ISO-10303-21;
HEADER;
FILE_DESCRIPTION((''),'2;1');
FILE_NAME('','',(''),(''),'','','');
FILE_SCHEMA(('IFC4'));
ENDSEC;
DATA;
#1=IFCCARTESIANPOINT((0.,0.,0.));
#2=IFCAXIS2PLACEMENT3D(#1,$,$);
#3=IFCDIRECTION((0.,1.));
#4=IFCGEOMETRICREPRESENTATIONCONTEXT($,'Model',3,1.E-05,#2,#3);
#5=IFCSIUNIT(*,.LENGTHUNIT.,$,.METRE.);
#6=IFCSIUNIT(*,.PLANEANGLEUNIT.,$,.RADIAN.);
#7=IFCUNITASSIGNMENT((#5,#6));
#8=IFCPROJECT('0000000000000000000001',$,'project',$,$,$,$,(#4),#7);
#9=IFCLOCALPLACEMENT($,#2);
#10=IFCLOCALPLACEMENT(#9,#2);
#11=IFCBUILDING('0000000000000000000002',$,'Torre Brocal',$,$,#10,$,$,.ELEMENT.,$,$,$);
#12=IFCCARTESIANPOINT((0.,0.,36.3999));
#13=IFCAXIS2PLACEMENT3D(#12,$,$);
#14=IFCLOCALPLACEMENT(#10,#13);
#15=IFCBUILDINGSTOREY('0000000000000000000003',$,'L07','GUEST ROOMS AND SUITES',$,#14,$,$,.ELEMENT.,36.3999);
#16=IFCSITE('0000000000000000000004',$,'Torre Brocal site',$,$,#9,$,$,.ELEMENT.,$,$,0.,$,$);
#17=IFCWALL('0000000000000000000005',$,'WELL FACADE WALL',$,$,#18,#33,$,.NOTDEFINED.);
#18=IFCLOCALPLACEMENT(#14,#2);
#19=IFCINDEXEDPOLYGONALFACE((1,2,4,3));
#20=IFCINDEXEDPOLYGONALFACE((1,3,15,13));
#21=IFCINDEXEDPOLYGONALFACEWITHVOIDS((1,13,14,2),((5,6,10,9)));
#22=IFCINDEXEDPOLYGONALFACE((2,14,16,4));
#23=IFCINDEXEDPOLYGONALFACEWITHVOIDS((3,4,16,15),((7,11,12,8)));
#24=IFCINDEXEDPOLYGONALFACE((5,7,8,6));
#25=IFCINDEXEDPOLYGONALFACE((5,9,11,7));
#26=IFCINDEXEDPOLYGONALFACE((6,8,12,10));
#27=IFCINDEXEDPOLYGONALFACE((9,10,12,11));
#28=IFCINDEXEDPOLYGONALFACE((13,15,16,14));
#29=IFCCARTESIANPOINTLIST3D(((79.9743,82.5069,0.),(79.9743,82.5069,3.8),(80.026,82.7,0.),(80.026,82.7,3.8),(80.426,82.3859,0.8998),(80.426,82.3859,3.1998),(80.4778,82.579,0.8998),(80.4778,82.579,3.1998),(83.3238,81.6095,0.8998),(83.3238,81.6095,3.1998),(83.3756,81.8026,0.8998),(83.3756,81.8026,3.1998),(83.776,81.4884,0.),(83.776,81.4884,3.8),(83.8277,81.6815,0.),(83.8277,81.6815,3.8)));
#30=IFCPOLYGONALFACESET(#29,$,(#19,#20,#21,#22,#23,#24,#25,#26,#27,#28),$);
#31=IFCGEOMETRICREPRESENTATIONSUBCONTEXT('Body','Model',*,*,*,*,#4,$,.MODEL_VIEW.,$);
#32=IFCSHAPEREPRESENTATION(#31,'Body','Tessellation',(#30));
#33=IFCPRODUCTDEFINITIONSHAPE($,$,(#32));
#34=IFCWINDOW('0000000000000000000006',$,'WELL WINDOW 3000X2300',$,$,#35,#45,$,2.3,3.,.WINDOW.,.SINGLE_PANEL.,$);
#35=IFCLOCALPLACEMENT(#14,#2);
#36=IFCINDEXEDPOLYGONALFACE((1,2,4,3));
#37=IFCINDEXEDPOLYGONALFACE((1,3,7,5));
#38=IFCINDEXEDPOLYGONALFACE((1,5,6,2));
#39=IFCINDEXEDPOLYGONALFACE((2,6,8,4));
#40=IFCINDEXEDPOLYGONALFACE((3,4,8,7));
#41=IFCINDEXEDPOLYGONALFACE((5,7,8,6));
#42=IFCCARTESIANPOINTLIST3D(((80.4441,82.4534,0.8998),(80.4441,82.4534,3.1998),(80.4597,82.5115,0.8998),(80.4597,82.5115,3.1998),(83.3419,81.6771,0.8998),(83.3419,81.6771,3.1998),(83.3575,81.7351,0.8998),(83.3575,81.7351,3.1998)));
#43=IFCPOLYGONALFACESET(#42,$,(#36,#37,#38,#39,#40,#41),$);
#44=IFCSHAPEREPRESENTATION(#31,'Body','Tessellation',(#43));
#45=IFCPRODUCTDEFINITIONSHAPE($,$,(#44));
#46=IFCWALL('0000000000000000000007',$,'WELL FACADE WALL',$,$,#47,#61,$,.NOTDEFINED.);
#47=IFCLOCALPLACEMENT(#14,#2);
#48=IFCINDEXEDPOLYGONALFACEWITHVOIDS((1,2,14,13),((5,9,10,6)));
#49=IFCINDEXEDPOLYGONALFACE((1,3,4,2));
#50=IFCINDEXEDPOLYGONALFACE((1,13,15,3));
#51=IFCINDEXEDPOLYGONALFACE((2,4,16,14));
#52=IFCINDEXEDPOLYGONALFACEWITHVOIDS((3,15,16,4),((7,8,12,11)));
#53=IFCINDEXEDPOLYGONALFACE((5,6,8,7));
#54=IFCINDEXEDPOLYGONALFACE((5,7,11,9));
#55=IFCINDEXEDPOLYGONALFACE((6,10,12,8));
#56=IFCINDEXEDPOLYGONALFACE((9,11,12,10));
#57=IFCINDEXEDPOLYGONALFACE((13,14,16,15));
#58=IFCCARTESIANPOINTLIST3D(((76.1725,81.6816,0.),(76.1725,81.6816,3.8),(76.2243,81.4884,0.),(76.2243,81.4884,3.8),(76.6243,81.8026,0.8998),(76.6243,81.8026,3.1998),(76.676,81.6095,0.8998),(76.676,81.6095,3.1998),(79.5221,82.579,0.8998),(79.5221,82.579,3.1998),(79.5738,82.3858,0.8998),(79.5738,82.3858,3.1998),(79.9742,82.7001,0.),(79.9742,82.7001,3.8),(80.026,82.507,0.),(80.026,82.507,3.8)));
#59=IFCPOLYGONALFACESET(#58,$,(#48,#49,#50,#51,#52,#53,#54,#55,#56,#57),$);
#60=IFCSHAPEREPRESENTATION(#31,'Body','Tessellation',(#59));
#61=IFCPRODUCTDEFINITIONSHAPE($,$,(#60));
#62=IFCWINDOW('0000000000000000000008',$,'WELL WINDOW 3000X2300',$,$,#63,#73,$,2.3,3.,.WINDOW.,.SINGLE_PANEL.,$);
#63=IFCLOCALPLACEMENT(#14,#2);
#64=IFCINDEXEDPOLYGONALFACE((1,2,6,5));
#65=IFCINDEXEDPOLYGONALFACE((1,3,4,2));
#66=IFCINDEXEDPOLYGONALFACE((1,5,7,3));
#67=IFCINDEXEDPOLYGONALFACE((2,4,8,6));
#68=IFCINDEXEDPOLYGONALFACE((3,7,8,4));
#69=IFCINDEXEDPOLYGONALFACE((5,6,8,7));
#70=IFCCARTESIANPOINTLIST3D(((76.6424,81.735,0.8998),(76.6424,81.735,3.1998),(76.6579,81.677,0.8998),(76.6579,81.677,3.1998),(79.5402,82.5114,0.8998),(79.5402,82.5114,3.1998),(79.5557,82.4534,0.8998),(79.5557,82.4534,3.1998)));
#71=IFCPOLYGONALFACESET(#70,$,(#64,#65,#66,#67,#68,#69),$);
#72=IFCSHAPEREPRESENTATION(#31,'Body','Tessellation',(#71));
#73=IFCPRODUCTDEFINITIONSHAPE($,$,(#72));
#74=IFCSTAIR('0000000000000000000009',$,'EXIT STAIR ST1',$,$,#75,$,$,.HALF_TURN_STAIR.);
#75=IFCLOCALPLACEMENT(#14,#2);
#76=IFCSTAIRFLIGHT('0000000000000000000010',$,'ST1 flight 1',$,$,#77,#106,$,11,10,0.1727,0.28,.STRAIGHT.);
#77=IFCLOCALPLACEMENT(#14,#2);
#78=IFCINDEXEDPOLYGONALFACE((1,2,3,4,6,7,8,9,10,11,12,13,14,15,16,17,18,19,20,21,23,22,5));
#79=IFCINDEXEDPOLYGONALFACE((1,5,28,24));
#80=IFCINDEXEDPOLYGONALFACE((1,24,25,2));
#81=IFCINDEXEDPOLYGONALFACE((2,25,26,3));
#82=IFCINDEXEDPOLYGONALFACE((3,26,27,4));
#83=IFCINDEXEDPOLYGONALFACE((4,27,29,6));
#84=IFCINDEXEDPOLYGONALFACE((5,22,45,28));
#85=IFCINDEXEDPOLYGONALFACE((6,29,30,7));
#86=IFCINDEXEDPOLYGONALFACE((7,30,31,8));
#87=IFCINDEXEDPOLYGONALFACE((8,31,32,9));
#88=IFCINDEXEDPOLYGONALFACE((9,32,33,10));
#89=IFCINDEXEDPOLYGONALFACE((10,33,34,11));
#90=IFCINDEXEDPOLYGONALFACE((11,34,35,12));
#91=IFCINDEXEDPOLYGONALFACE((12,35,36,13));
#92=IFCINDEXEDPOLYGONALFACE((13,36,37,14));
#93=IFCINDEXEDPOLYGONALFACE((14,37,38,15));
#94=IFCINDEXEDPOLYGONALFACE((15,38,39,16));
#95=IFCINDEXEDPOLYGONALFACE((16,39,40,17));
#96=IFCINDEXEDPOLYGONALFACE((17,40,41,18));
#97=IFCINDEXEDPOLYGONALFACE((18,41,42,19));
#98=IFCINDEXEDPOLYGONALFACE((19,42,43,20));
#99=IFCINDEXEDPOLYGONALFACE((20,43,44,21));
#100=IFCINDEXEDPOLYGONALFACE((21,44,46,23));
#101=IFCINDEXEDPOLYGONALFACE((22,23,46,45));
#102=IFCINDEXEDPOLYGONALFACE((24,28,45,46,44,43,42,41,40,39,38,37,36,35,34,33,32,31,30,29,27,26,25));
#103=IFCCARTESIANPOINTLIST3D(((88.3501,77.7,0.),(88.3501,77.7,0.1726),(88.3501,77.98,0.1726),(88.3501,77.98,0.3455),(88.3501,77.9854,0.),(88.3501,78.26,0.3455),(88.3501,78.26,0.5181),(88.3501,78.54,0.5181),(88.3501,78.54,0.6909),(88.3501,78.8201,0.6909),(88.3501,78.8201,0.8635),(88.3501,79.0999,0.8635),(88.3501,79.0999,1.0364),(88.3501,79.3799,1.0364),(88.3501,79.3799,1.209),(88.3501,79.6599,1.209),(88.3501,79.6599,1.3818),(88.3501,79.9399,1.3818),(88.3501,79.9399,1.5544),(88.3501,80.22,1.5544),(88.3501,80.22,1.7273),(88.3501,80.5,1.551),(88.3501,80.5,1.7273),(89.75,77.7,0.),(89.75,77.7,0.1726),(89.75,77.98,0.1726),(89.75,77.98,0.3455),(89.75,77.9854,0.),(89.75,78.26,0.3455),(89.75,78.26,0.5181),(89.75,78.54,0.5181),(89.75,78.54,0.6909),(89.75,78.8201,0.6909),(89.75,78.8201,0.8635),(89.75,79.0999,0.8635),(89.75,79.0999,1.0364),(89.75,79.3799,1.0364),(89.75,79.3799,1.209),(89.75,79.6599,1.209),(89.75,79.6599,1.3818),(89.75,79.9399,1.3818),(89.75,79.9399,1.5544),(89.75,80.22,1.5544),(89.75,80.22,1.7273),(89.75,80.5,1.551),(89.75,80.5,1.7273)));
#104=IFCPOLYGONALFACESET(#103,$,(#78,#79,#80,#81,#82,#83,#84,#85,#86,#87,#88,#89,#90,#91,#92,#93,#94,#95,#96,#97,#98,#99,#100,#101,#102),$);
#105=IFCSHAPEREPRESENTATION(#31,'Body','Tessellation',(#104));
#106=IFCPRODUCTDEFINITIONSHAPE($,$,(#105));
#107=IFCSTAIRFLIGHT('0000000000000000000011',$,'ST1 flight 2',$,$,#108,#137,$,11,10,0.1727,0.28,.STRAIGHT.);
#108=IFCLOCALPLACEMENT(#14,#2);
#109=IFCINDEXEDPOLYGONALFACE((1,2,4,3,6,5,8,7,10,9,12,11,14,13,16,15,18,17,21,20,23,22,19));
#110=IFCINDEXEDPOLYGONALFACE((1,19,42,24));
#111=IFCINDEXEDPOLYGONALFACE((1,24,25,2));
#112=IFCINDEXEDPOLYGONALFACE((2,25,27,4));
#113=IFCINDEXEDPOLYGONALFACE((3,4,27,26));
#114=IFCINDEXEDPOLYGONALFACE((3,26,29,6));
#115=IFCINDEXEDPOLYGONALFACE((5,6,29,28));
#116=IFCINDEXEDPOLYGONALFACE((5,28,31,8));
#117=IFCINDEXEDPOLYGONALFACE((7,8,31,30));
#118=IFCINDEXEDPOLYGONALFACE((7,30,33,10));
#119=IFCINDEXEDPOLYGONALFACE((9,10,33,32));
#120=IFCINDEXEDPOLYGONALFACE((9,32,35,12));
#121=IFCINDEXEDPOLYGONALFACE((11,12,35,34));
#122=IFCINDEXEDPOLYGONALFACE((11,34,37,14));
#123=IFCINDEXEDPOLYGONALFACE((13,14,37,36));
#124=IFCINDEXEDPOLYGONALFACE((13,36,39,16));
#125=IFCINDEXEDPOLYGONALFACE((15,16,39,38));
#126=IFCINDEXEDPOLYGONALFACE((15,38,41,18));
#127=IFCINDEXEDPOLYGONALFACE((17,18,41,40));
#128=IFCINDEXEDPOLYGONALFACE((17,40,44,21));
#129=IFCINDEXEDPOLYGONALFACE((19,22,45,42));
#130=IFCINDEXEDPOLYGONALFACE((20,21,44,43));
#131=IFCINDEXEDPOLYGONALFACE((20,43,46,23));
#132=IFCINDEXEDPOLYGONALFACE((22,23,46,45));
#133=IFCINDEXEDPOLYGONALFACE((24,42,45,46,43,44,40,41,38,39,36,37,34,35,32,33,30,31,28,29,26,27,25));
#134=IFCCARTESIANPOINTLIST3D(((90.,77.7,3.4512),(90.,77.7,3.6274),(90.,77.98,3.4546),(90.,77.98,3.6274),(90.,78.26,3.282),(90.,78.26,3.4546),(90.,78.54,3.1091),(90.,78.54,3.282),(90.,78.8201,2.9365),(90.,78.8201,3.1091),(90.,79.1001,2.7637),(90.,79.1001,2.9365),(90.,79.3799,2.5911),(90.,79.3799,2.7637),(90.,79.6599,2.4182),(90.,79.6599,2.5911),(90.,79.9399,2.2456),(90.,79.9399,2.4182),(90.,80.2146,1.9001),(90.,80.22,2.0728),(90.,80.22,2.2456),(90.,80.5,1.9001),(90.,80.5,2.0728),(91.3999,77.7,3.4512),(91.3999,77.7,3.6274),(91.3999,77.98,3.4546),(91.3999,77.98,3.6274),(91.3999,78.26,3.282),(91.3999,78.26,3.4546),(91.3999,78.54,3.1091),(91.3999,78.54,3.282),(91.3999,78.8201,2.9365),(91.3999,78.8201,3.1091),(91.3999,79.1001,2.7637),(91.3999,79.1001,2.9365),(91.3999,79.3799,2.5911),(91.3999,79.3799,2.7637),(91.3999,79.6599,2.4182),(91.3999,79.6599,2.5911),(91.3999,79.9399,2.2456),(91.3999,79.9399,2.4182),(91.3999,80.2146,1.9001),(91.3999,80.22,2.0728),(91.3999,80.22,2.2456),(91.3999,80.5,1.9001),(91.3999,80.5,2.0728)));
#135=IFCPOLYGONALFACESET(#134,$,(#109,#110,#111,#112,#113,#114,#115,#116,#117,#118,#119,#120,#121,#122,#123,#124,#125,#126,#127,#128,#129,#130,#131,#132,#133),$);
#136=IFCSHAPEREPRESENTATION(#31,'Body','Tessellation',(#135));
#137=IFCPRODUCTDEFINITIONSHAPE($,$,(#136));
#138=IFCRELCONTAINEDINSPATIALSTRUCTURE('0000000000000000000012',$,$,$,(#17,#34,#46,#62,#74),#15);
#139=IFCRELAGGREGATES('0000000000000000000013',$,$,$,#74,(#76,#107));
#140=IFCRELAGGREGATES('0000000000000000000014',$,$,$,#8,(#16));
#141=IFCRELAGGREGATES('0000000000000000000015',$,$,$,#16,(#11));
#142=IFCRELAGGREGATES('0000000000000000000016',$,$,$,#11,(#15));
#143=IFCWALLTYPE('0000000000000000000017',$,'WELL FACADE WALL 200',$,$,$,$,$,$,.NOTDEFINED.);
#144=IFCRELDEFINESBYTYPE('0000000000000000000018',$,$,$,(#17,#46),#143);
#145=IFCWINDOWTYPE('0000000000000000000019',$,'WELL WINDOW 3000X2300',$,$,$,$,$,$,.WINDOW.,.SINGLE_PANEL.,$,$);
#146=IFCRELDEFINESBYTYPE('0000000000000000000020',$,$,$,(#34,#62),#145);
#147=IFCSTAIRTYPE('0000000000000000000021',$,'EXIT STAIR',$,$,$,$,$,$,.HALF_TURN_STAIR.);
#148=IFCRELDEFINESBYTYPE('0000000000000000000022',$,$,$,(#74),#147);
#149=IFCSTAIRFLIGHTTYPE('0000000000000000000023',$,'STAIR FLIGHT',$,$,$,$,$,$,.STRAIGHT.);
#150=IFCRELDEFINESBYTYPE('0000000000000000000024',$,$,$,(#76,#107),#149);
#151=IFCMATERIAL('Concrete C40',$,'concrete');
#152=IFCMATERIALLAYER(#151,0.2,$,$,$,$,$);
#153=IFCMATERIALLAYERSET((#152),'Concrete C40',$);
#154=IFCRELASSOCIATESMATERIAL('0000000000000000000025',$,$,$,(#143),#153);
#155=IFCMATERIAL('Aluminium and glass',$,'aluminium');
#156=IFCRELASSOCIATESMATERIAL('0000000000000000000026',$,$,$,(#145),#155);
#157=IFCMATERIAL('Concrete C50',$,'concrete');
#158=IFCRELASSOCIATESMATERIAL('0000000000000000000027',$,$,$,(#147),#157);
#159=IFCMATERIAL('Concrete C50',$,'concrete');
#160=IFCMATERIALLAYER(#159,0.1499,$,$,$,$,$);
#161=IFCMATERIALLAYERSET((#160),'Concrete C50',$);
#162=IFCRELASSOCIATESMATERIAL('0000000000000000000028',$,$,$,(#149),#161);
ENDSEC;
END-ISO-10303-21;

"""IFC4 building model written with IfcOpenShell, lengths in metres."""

from ifc_helpers import new_model, si_unit, direction, frame, frame_2d, origin, place, context, subcontext, project, spatial, polyline, rectangle, outline, extrude, material, layer, layer_set, type_object, element, fill, aggregate, save


model = new_model("IFC4")

# Units and contexts
model_context = context("Model", 3, precision=1e-05, world=origin(), true_north=direction((0.0, 1.0)))
body_context = subcontext(model_context, "Body", "Model", "MODEL_VIEW")
ifc_project = project(units=[si_unit("LENGTHUNIT", "METRE"), si_unit("PLANEANGLEUNIT", "RADIAN")], contexts=[model_context])

# Site, building, storey
site_placement = place(None, origin())
site = spatial("IfcSite", under=ifc_project, at=site_placement, Name="Torre Brocal site", CompositionType="ELEMENT", RefElevation=0.0)
building_placement = place(site_placement, origin())
building = spatial("IfcBuilding", under=site, at=building_placement, Name="Torre Brocal", CompositionType="ELEMENT")
storey_placement = place(building_placement, frame((0.0, 0.0, 36.3999)))
storey = spatial("IfcBuildingStorey", under=building, at=storey_placement, Name="L07", Description="GUEST ROOMS AND SUITES", CompositionType="ELEMENT", Elevation=36.3999)

# Walls, openings, windows
ifc_material_1 = material(Name="Concrete C40", Category="concrete")
ifc_layer_1 = layer(ifc_material_1, 0.2)
ifc_layer_set_1 = layer_set([ifc_layer_1], Name="Concrete C40")
wall_type_1 = type_object("IfcWallType", Name="WELL FACADE WALL 200", PredefinedType="NOTDEFINED", material=ifc_layer_set_1)
ifc_material_2 = material(Name="Aluminium and glass", Category="aluminium")
window_type = type_object("IfcWindowType", Name="WELL WINDOW 3000X2300", PartitioningType="SINGLE_PANEL", PredefinedType="WINDOW", material=ifc_material_2)
wall_1_placement = place(storey_placement, frame((83.8018, 81.585, 0.0), z_axis=(0.0, 0.0, 1.0), x_axis=(-0.965934, 0.25879, 0.0)))
wall_1 = element("IfcWall", 1, at=wall_1_placement, inside=storey, type_object=wall_type_1, Name="WELL FACADE WALL", PredefinedType="NOTDEFINED", context=body_context, shape_type="SweptSolid", body=[
    extrude(rectangle(XDim=3.9358, YDim=0.2, at=frame_2d((1.9678, 0.0))), origin(), (0.0, 0.0, 1.0), 3.8),
])
opening_1_placement = place(wall_1_placement, frame((0.468, 0.0, 0.8999)))
opening_1 = element("IfcOpeningElement", 2, at=opening_1_placement, cuts=wall_1, PredefinedType="OPENING", context=body_context, shape_type="SweptSolid", body=[
    extrude(rectangle(XDim=3.0, YDim=2.3, at=frame_2d((1.5, 1.1499))), frame((0.0, 0.1099, 0.0), z_axis=(0.0, -1.0, 0.0), x_axis=(1.0, 0.0, 0.0)), (0.0, 0.0, 1.0), 0.22),
])
window_1_placement = place(opening_1_placement, origin())
window_1 = element("IfcWindow", 3, at=window_1_placement, inside=storey, type_object=window_type, Name="WELL WINDOW 3000X2300", OverallHeight=2.3, OverallWidth=3.0, PartitioningType="SINGLE_PANEL", PredefinedType="WINDOW", context=body_context, shape_type="SweptSolid", body=[
    extrude(rectangle(XDim=3.0, YDim=2.3, at=frame_2d((1.5, 1.1499))), frame((0.0, 0.03, 0.0), z_axis=(0.0, -1.0, 0.0), x_axis=(1.0, 0.0, 0.0)), (0.0, 0.0, 1.0), 0.0601),
])
fill(opening_1, window_1)
wall_2_placement = place(storey_placement, frame((80.0, 82.6035, 0.0), z_axis=(0.0, 0.0, 1.0), x_axis=(-0.965934, -0.25879, 0.0)))
wall_2 = element("IfcWall", 4, at=wall_2_placement, inside=storey, type_object=wall_type_1, Name="WELL FACADE WALL", PredefinedType="NOTDEFINED", context=body_context, shape_type="SweptSolid", body=[
    extrude(rectangle(XDim=3.9358, YDim=0.2, at=frame_2d((1.9678, 0.0))), origin(), (0.0, 0.0, 1.0), 3.8),
])
opening_2_placement = place(wall_2_placement, frame((0.468, 0.0, 0.8999)))
opening_2 = element("IfcOpeningElement", 5, at=opening_2_placement, cuts=wall_2, PredefinedType="OPENING", context=body_context, shape_type="SweptSolid", body=[
    extrude(rectangle(XDim=3.0, YDim=2.3, at=frame_2d((1.5, 1.1499))), frame((0.0, 0.1099, 0.0), z_axis=(0.0, -1.0, 0.0), x_axis=(1.0, 0.0, 0.0)), (0.0, 0.0, 1.0), 0.22),
])
window_2_placement = place(opening_2_placement, origin())
window_2 = element("IfcWindow", 6, at=window_2_placement, inside=storey, type_object=window_type, Name="WELL WINDOW 3000X2300", OverallHeight=2.3, OverallWidth=3.0, PartitioningType="SINGLE_PANEL", PredefinedType="WINDOW", context=body_context, shape_type="SweptSolid", body=[
    extrude(rectangle(XDim=3.0, YDim=2.3, at=frame_2d((1.5, 1.1499))), frame((0.0, 0.03, 0.0), z_axis=(0.0, -1.0, 0.0), x_axis=(1.0, 0.0, 0.0)), (0.0, 0.0, 1.0), 0.0601),
])
fill(opening_2, window_2)

# Stair, stair flights
ifc_material_3 = material(Name="Concrete C50", Category="concrete")
stair_type = type_object("IfcStairType", Name="EXIT STAIR", PredefinedType="HALF_TURN_STAIR", material=ifc_material_3)
stair_placement = place(storey_placement, origin())
stair = element("IfcStair", 7, at=stair_placement, inside=storey, type_object=stair_type, Name="EXIT STAIR ST1", PredefinedType="HALF_TURN_STAIR")
ifc_material_4 = material(Name="Concrete C50", Category="concrete")
ifc_layer_2 = layer(ifc_material_4, 0.1499)
ifc_layer_set_2 = layer_set([ifc_layer_2], Name="Concrete C50")
stair_flight_type = type_object("IfcStairFlightType", Name="STAIR FLIGHT", PredefinedType="STRAIGHT", material=ifc_layer_set_2)
stair_flight_1_placement = place(storey_placement, frame((89.05, 77.7, 0.0), z_axis=(0.0, 0.0, 1.0), x_axis=(0.0, 1.0, 0.0)))
stair_flight_1 = element("IfcStairFlight", 8, at=stair_flight_1_placement, type_object=stair_flight_type, Name="ST1 flight 1", NumberOfRisers=11, NumberOfTreads=10, PredefinedType="STRAIGHT", RiserHeight=0.1727, TreadLength=0.28, context=body_context, shape_type="SweptSolid", body=[
    extrude(outline(polyline([(0.0, 0.0), (0.0, 0.1726), (0.28, 0.1726), (0.28, 0.3455), (0.5601, 0.3455), (0.5601, 0.5181), (0.8401, 0.5181), (0.8401, 0.6909), (1.1201, 0.6909), (1.1201, 0.8635), (1.3999, 0.8635), (1.3999, 1.0364), (1.6799, 1.0364), (1.6799, 1.209), (1.96, 1.209), (1.96, 1.3818), (2.24, 1.3818), (2.24, 1.5544), (2.52, 1.5544), (2.52, 1.7273), (2.8, 1.7273), (2.8, 1.8999), (2.8, 1.551), (0.2854, 0.0), (0.0, 0.0)])), frame((0.0, 0.7, 0.0), z_axis=(0.0, -1.0, 0.0), x_axis=(1.0, 0.0, 0.0)), (0.0, 0.0, 1.0), 1.3999),
])
stair_flight_2_placement = place(storey_placement, frame((90.7, 80.5, 1.9001), z_axis=(0.0, 0.0, 1.0), x_axis=(0.0, -1.0, 0.0)))
stair_flight_2 = element("IfcStairFlight", 9, at=stair_flight_2_placement, type_object=stair_flight_type, Name="ST1 flight 2", NumberOfRisers=11, NumberOfTreads=10, PredefinedType="STRAIGHT", RiserHeight=0.1727, TreadLength=0.28, context=body_context, shape_type="SweptSolid", body=[
    extrude(outline(polyline([(0.0, 0.0), (0.0, 0.1726), (0.28, 0.1726), (0.28, 0.3455), (0.5601, 0.3455), (0.5601, 0.5181), (0.8401, 0.5181), (0.8401, 0.6909), (1.1201, 0.6909), (1.1201, 0.8635), (1.3999, 0.8635), (1.3999, 1.0364), (1.6799, 1.0364), (1.6799, 1.209), (1.96, 1.209), (1.96, 1.3818), (2.24, 1.3818), (2.24, 1.5544), (2.52, 1.5544), (2.52, 1.7273), (2.8, 1.7273), (2.8, 1.8999), (2.8, 1.551), (0.2854, 0.0), (0.0, 0.0)])), frame((0.0, 0.7, 0.0), z_axis=(0.0, -1.0, 0.0), x_axis=(1.0, 0.0, 0.0)), (0.0, 0.0, 1.0), 1.3999),
])
aggregate(stair, [stair_flight_1, stair_flight_2])

save(model, "model.ifc")
